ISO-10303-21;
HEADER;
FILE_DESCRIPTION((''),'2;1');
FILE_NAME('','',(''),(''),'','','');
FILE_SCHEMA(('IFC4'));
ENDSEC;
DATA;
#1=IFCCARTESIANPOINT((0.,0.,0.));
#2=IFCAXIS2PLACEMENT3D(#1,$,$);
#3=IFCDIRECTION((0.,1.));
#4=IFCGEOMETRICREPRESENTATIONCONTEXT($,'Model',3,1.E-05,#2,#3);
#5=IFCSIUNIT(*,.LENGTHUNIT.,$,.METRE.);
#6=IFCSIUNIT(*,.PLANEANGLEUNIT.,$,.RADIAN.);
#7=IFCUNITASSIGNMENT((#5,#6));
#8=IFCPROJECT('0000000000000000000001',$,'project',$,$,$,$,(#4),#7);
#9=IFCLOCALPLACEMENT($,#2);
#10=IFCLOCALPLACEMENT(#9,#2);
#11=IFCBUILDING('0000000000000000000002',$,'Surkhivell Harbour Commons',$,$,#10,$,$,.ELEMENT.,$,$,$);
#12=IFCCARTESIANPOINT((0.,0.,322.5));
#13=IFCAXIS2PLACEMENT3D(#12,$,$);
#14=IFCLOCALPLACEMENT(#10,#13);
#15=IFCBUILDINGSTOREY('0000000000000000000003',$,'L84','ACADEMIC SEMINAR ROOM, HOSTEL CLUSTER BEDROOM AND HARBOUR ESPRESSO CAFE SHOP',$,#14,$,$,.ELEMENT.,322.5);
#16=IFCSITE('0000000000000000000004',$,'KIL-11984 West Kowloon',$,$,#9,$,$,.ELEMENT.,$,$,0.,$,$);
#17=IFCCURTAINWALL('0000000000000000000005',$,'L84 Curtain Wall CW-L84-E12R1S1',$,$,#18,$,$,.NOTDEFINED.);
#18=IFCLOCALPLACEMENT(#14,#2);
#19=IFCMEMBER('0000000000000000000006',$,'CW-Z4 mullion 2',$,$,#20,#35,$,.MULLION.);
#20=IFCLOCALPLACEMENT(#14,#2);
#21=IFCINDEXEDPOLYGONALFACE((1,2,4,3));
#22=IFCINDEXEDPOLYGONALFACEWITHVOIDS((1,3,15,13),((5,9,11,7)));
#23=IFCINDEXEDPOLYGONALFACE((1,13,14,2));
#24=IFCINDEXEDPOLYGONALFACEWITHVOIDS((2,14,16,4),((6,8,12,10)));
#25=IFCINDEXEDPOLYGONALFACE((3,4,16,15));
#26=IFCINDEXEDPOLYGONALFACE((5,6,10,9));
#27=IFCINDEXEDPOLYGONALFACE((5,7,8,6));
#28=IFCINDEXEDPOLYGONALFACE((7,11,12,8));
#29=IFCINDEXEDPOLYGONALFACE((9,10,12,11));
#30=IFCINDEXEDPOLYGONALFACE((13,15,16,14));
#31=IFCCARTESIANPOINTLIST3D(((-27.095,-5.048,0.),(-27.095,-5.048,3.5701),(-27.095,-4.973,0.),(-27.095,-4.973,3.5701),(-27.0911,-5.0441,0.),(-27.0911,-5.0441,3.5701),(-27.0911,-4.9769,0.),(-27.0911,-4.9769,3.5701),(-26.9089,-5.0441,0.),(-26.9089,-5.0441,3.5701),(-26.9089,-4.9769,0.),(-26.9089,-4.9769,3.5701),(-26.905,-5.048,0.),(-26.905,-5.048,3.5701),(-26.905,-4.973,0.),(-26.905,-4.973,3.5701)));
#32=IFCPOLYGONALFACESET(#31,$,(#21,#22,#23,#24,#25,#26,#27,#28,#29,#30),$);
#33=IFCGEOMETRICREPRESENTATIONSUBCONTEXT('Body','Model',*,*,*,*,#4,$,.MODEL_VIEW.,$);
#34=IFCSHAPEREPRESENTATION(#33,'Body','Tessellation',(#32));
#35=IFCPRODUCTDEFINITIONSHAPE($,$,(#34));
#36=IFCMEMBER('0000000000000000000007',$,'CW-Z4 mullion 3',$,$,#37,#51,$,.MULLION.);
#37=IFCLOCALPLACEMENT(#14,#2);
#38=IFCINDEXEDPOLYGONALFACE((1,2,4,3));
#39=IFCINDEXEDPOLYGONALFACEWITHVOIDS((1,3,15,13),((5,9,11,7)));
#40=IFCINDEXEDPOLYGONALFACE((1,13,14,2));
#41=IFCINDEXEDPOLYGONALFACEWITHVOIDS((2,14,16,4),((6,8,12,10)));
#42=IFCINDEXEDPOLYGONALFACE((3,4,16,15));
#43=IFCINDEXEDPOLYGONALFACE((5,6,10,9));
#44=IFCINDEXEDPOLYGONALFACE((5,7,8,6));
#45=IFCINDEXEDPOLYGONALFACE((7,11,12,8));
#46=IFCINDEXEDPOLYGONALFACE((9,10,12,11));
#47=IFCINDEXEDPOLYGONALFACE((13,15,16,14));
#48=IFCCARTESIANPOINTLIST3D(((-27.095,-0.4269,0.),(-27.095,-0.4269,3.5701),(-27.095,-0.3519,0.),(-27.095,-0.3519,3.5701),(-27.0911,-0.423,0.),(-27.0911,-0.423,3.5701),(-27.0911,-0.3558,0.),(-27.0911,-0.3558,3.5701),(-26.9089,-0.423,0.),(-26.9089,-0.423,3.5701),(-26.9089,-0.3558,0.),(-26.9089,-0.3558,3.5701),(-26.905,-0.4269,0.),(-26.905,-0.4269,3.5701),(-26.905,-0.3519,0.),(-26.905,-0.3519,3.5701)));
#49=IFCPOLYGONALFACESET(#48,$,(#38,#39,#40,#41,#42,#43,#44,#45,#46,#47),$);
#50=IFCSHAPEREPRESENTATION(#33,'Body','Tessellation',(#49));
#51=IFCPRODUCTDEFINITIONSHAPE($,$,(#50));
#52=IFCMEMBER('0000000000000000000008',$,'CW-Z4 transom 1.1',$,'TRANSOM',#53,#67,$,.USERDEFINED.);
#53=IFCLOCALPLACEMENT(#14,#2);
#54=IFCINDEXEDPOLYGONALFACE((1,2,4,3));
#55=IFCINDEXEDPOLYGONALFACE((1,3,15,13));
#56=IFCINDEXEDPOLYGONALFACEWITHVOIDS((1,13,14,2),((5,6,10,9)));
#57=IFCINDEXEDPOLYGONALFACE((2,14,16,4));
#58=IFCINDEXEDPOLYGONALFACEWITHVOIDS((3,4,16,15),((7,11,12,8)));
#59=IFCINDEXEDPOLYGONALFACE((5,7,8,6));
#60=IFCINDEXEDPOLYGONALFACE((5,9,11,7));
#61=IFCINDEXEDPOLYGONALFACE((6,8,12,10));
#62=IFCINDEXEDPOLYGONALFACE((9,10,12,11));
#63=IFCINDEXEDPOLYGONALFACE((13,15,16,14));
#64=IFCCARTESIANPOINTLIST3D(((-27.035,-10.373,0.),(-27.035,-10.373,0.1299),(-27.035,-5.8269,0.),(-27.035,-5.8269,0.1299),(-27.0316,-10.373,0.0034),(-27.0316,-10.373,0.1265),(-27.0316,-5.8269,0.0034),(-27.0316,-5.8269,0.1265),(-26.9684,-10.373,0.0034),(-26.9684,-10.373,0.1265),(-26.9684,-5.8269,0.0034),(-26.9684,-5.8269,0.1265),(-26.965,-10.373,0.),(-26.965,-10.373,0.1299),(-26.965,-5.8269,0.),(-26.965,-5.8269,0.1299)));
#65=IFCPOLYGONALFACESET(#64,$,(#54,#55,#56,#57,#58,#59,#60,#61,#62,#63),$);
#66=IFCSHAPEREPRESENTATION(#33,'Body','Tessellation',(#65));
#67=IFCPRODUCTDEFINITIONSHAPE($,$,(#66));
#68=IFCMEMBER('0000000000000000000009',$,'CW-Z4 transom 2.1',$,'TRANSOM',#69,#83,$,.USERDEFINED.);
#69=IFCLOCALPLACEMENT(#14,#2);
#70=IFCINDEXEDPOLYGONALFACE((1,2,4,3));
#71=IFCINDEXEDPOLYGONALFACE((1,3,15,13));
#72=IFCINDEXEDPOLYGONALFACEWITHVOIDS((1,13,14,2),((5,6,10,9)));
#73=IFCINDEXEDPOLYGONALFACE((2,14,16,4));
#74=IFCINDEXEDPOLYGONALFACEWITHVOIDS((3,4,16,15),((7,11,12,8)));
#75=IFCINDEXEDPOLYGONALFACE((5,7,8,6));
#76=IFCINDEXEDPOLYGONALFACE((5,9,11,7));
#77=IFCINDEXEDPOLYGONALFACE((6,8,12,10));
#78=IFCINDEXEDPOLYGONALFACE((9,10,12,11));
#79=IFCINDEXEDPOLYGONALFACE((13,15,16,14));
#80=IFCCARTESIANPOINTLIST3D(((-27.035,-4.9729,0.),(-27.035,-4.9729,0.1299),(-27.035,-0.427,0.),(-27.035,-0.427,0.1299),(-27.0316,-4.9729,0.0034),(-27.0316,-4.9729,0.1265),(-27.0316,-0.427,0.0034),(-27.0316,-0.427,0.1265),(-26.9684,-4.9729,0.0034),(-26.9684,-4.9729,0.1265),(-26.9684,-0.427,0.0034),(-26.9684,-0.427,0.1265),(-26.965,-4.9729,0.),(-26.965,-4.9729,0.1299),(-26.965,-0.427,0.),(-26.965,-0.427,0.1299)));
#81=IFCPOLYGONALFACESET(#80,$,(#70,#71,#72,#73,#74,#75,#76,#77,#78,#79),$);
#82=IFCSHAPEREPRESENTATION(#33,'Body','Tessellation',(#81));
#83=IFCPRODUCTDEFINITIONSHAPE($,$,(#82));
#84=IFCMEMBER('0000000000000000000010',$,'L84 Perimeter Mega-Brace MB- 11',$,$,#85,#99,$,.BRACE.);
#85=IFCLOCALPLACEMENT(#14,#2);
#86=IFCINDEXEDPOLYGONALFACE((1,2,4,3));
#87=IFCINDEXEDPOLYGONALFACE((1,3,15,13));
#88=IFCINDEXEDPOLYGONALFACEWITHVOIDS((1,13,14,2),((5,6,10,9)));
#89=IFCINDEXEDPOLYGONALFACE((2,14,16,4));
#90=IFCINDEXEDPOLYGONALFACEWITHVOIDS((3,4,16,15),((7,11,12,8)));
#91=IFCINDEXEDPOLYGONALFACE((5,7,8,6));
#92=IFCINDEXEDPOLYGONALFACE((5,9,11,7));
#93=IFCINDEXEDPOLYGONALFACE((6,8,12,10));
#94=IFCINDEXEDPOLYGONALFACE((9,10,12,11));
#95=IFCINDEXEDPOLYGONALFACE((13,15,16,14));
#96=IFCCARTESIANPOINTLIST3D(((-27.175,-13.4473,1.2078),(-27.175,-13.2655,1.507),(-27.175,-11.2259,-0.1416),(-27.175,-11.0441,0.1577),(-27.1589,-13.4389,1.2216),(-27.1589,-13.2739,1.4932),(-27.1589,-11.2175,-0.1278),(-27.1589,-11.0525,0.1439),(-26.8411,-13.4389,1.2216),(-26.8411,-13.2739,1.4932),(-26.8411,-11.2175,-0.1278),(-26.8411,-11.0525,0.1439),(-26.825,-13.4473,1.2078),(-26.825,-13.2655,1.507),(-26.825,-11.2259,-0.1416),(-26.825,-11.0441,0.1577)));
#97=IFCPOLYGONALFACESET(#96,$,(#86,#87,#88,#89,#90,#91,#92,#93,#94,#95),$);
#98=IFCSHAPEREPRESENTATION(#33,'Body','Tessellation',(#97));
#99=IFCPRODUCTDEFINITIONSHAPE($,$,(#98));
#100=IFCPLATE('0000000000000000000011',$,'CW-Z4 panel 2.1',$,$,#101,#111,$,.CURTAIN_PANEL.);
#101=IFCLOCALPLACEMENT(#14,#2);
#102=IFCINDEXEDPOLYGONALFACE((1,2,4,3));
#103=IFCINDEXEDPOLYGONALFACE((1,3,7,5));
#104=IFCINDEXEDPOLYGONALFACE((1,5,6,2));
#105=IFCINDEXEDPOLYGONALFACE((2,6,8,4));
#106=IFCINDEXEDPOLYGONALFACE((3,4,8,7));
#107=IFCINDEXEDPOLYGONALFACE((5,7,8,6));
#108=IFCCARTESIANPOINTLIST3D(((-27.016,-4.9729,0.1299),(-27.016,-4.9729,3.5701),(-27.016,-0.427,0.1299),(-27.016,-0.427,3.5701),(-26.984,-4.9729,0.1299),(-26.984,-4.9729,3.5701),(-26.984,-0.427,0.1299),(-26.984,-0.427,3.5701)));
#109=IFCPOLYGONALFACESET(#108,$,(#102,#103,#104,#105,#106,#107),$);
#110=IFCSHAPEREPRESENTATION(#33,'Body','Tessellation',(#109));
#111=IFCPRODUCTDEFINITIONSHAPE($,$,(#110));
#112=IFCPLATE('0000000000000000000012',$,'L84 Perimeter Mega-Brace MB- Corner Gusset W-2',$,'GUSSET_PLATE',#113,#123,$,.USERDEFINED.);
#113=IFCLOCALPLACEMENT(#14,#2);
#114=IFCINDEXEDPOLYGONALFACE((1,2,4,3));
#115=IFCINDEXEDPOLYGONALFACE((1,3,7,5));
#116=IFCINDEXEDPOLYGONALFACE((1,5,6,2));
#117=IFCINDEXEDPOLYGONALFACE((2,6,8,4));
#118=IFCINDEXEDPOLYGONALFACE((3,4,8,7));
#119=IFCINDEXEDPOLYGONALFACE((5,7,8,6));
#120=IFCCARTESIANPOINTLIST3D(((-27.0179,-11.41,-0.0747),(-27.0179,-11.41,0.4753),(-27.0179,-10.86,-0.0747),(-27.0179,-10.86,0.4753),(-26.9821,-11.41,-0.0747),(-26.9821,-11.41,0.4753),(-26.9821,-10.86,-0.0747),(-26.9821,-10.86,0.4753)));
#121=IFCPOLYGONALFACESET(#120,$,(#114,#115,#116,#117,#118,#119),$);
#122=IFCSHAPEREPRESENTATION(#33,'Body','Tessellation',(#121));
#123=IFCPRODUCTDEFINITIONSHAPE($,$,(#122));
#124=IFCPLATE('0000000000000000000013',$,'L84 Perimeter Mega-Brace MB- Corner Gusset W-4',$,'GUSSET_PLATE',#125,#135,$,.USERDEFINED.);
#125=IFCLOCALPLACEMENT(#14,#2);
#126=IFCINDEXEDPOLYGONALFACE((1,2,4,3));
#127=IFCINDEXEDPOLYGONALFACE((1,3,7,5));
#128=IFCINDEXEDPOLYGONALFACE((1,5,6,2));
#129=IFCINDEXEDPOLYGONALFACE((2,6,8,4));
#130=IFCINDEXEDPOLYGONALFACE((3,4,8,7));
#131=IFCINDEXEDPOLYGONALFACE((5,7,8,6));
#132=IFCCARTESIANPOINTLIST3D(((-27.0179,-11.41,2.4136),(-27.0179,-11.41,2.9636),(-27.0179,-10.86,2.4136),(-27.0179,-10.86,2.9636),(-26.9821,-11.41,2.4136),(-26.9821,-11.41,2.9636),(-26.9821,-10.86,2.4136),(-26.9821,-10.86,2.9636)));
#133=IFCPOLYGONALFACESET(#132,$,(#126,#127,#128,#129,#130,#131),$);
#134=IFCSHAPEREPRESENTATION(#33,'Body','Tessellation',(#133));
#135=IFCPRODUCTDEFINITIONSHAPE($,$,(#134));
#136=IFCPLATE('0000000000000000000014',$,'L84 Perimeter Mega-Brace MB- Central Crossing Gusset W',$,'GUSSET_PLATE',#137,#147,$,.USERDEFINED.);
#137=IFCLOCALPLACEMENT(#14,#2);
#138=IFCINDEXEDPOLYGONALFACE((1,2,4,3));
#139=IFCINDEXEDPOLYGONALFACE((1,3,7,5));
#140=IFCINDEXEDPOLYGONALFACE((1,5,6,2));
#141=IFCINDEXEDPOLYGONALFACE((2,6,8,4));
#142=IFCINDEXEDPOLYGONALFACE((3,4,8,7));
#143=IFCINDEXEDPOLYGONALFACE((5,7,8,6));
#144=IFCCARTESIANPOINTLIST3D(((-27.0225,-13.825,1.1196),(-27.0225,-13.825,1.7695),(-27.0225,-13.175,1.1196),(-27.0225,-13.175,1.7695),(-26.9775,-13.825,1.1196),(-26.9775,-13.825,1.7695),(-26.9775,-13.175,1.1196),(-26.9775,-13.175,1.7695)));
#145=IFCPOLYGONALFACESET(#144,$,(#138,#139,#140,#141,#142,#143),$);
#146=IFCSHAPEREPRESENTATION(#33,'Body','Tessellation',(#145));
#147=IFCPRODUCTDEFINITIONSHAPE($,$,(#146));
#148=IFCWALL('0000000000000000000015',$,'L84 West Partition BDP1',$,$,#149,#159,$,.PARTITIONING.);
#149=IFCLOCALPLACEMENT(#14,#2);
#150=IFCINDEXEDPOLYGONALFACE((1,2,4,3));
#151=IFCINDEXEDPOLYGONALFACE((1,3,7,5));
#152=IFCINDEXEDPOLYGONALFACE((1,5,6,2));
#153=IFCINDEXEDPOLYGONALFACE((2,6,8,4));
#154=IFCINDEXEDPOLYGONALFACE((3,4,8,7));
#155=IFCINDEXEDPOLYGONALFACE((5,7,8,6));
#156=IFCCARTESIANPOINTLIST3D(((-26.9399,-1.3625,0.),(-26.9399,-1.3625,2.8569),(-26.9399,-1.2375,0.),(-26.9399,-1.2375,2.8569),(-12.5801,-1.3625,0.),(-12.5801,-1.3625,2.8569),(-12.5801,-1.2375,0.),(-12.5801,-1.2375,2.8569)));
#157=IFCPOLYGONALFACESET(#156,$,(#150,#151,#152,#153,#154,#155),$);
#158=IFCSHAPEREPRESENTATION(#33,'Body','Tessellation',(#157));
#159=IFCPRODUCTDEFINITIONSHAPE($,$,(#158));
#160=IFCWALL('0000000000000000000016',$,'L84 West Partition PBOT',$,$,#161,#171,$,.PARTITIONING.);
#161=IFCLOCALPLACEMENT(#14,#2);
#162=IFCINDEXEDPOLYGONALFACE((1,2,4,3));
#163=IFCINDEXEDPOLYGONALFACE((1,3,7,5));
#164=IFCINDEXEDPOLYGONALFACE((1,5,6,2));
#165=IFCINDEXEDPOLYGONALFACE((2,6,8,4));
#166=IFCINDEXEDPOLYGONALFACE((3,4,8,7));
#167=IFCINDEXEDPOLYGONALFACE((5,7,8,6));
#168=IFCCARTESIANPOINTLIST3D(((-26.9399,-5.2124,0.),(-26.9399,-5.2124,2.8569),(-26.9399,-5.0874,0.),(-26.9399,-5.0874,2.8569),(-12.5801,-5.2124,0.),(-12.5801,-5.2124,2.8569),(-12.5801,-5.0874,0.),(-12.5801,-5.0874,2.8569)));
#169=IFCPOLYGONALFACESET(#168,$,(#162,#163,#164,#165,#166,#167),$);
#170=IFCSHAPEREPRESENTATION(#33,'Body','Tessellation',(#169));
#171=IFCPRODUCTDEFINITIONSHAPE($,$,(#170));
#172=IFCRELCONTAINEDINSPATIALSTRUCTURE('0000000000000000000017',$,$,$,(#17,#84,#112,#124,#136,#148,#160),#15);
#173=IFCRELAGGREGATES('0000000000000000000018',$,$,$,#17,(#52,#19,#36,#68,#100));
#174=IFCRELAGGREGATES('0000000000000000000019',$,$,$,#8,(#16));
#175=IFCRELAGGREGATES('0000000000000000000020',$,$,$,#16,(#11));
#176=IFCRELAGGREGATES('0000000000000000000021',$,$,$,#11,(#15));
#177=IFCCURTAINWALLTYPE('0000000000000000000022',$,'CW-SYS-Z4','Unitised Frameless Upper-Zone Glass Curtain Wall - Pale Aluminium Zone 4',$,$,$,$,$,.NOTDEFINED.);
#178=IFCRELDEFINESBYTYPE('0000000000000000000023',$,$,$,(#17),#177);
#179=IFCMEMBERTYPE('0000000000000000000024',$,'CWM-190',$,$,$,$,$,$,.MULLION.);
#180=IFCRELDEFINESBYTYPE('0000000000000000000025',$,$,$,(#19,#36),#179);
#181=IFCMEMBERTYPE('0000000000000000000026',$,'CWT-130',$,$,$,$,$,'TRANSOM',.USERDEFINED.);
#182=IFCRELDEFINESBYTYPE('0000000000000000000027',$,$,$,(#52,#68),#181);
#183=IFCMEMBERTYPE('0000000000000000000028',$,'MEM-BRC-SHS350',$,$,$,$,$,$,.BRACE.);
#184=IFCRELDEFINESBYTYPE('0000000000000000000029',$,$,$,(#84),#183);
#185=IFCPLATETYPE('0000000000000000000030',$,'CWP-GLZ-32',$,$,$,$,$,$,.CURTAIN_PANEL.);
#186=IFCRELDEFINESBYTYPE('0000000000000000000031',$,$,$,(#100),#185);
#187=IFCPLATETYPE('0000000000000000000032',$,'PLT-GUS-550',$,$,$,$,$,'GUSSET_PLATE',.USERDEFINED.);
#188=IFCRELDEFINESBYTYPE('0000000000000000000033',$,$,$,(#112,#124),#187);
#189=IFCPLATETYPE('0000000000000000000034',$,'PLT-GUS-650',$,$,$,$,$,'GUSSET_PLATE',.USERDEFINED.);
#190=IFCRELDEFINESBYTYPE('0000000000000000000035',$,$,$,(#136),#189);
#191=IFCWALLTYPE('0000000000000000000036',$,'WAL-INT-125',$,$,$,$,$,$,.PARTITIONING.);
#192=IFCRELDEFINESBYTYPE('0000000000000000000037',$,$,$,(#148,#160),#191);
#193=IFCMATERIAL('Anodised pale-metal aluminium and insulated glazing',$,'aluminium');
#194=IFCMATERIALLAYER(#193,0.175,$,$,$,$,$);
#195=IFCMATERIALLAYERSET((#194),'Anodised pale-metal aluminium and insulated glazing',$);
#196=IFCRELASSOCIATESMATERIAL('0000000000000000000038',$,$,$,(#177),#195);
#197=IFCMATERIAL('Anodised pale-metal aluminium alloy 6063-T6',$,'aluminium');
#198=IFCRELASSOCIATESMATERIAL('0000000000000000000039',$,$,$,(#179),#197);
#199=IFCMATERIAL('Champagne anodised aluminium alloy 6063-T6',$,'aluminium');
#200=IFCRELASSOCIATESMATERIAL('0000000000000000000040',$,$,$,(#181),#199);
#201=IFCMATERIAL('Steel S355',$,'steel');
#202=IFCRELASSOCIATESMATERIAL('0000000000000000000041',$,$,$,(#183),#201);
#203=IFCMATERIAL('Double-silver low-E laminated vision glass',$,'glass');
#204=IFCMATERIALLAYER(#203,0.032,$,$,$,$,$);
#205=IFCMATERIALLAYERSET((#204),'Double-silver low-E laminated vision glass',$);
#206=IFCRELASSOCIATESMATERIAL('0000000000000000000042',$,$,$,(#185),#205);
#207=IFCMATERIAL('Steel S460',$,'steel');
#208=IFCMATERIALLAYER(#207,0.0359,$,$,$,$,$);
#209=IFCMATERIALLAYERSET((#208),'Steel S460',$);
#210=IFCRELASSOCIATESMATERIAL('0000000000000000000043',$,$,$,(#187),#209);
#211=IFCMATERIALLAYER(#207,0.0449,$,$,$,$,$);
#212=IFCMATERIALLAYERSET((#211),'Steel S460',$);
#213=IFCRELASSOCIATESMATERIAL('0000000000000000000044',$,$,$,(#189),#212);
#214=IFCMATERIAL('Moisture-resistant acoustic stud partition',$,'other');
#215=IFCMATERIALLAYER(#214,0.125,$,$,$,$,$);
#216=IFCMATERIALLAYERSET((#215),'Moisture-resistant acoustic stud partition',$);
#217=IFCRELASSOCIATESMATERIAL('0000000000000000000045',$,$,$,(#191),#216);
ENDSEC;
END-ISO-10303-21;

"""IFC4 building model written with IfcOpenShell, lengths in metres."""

from ifc_helpers import new_model, si_unit, direction, frame, frame_2d, origin, origin_2d, place, context, subcontext, project, spatial, rectangle, hollow_rectangle, extrude, material, layer, layer_set, material_profile, profile_set, type_object, element, aggregate, save


model = new_model("IFC4")

# Units and contexts
model_context = context("Model", 3, precision=1e-05, world=origin(), true_north=direction((0.0, 1.0)))
body_context = subcontext(model_context, "Body", "Model", "MODEL_VIEW")
ifc_project = project(units=[si_unit("LENGTHUNIT", "METRE"), si_unit("PLANEANGLEUNIT", "RADIAN")], contexts=[model_context])

# Site, building, storey
site_placement = place(None, origin())
site = spatial("IfcSite", under=ifc_project, at=site_placement, Name="KIL-11984 West Kowloon", CompositionType="ELEMENT", RefElevation=0.0)
building_placement = place(site_placement, origin())
building = spatial("IfcBuilding", under=site, at=building_placement, Name="Surkhivell Harbour Commons", CompositionType="ELEMENT")
storey_placement = place(building_placement, frame((0.0, 0.0, 322.5)))
storey = spatial("IfcBuildingStorey", under=building, at=storey_placement, Name="L84", Description="ACADEMIC SEMINAR ROOM, HOSTEL CLUSTER BEDROOM AND HARBOUR ESPRESSO CAFE SHOP", CompositionType="ELEMENT", Elevation=322.5)

# Shared definitions
ifc_material_1 = material(Name="Steel S355", Category="steel")

# Curtain wall, members
ifc_material_2 = material(Name="Anodised pale-metal aluminium and insulated glazing", Category="aluminium")
ifc_layer_1 = layer(ifc_material_2, 0.175)
ifc_layer_set_1 = layer_set([ifc_layer_1], Name="Anodised pale-metal aluminium and insulated glazing")
curtain_wall_type = type_object("IfcCurtainWallType", Name="CW-SYS-Z4", Description="Unitised Frameless Upper-Zone Glass Curtain Wall - Pale Aluminium Zone 4", PredefinedType="NOTDEFINED", material=ifc_layer_set_1)
curtain_wall_placement = place(storey_placement, origin())
curtain_wall = element("IfcCurtainWall", 1, at=curtain_wall_placement, inside=storey, type_object=curtain_wall_type, Name="L84 Curtain Wall CW-L84-E12R1S1", PredefinedType="NOTDEFINED")
ifc_material_3 = material(Name="Anodised pale-metal aluminium alloy 6063-T6", Category="aluminium")
ifc_material_profile_1 = material_profile(ifc_material_3, hollow_rectangle(XDim=0.075, YDim=0.1899, WallThickness=0.0039, at=origin_2d()), Name="ALU-MULL-75x190")
ifc_profile_set_1 = profile_set([ifc_material_profile_1], Name="Anodised pale-metal aluminium alloy 6063-T6")
member_type_1 = type_object("IfcMemberType", Name="CWM-190", PredefinedType="MULLION", material=ifc_profile_set_1)
member_1_placement = place(storey_placement, frame((-27.0, -5.0105, 0.0), z_axis=(0.0, 0.0, 1.0), x_axis=(0.0, 1.0, 0.0)))
member_1 = element("IfcMember", 2, at=member_1_placement, type_object=member_type_1, Name="CW-Z4 mullion 2", PredefinedType="MULLION", context=body_context, shape_type="SweptSolid", body=[
    extrude(hollow_rectangle(XDim=0.075, YDim=0.1899, WallThickness=0.0039, at=origin_2d()), origin(), (0.0, 0.0, 1.0), 3.5701),
])
member_2_placement = place(storey_placement, frame((-27.0, -0.3894, 0.0), z_axis=(0.0, 0.0, 1.0), x_axis=(0.0, 1.0, 0.0)))
member_2 = element("IfcMember", 3, at=member_2_placement, type_object=member_type_1, Name="CW-Z4 mullion 3", PredefinedType="MULLION", context=body_context, shape_type="SweptSolid", body=[
    extrude(hollow_rectangle(XDim=0.075, YDim=0.1899, WallThickness=0.0039, at=origin_2d()), origin(), (0.0, 0.0, 1.0), 3.5701),
])
ifc_material_4 = material(Name="Champagne anodised aluminium alloy 6063-T6", Category="aluminium")
ifc_material_profile_2 = material_profile(ifc_material_4, hollow_rectangle(XDim=0.0701, YDim=0.1299, WallThickness=0.0034, at=origin_2d()), Name="ALU-TRAN-70x130")
ifc_profile_set_2 = profile_set([ifc_material_profile_2], Name="Champagne anodised aluminium alloy 6063-T6")
member_type_2 = type_object("IfcMemberType", Name="CWT-130", ElementType="TRANSOM", PredefinedType="USERDEFINED", material=ifc_profile_set_2)
member_3_placement = place(storey_placement, frame((-27.0, -10.373, 0.0649), z_axis=(0.0, 1.0, 0.0), x_axis=(-1.0, 0.0, 0.0)))
member_3 = element("IfcMember", 4, at=member_3_placement, type_object=member_type_2, Name="CW-Z4 transom 1.1", ObjectType="TRANSOM", PredefinedType="USERDEFINED", context=body_context, shape_type="SweptSolid", body=[
    extrude(hollow_rectangle(XDim=0.0701, YDim=0.1299, WallThickness=0.0034, at=origin_2d()), origin(), (0.0, 0.0, 1.0), 4.5461),
])
member_4_placement = place(storey_placement, frame((-27.0, -4.9729, 0.0649), z_axis=(0.0, 1.0, 0.0), x_axis=(-1.0, 0.0, 0.0)))
member_4 = element("IfcMember", 5, at=member_4_placement, type_object=member_type_2, Name="CW-Z4 transom 2.1", ObjectType="TRANSOM", PredefinedType="USERDEFINED", context=body_context, shape_type="SweptSolid", body=[
    extrude(hollow_rectangle(XDim=0.0701, YDim=0.1299, WallThickness=0.0034, at=origin_2d()), origin(), (0.0, 0.0, 1.0), 4.5459),
])

# Member
ifc_material_profile_3 = material_profile(ifc_material_1, hollow_rectangle(XDim=0.3501, YDim=0.3501, WallThickness=0.0161, at=origin_2d()), Name="SHS350x350x16")
ifc_profile_set_3 = profile_set([ifc_material_profile_3], Name="Steel S355")
member_type_3 = type_object("IfcMemberType", Name="MEM-BRC-SHS350", PredefinedType="BRACE", material=ifc_profile_set_3)
member_5_placement = place(storey_placement, frame((-27.0, -11.135, 0.0081), z_axis=(0.0, -0.854679, 0.519157), x_axis=(1.0, 0.0, 0.0)))
element("IfcMember", 6, at=member_5_placement, inside=storey, type_object=member_type_3, Name="L84 Perimeter Mega-Brace MB- 11", PredefinedType="BRACE", context=body_context, shape_type="SweptSolid", body=[
    extrude(hollow_rectangle(XDim=0.3501, YDim=0.3501, WallThickness=0.0161, at=origin_2d()), origin(), (0.0, 0.0, 1.0), 2.5991),
])

# Plate
ifc_material_5 = material(Name="Double-silver low-E laminated vision glass", Category="glass")
ifc_layer_2 = layer(ifc_material_5, 0.032)
ifc_layer_set_2 = layer_set([ifc_layer_2], Name="Double-silver low-E laminated vision glass")
plate_type_1 = type_object("IfcPlateType", Name="CWP-GLZ-32", PredefinedType="CURTAIN_PANEL", material=ifc_layer_set_2)
plate_1_placement = place(storey_placement, frame((-27.0, -4.9729, 0.1299), z_axis=(0.0, 0.0, 1.0), x_axis=(0.0, 1.0, 0.0)))
plate_1 = element("IfcPlate", 7, at=plate_1_placement, type_object=plate_type_1, Name="CW-Z4 panel 2.1", PredefinedType="CURTAIN_PANEL", context=body_context, shape_type="SweptSolid", body=[
    extrude(rectangle(XDim=4.5459, YDim=0.032, at=frame_2d((2.2729, 0.0))), origin(), (0.0, 0.0, 1.0), 3.4402),
])
aggregate(curtain_wall, [member_3, member_1, member_2, member_4, plate_1])

# Plates
ifc_material_6 = material(Name="Steel S460", Category="steel")
ifc_layer_3 = layer(ifc_material_6, 0.0359)
ifc_layer_set_3 = layer_set([ifc_layer_3], Name="Steel S460")
plate_type_2 = type_object("IfcPlateType", Name="PLT-GUS-550", ElementType="GUSSET_PLATE", PredefinedType="USERDEFINED", material=ifc_layer_set_3)
for number, where, z_axis, x_axis, name in (
    (8, (-27.0, -11.135, -0.0747), (0.0, 0.0, 1.0), (0.0, 1.0, 0.0), "L84 Perimeter Mega-Brace MB- Corner Gusset W-2"),
    (9, (-27.0, -11.135, 2.4136), (0.0, 0.0, 1.0), (0.0, 1.0, 0.0), "L84 Perimeter Mega-Brace MB- Corner Gusset W-4"),
):
    element("IfcPlate", number, at=place(storey_placement, frame(where, z_axis=z_axis, x_axis=x_axis)), inside=storey, type_object=plate_type_2, Name=name, ObjectType="GUSSET_PLATE", PredefinedType="USERDEFINED", context=body_context, shape_type="SweptSolid", body=[
        extrude(rectangle(XDim=0.55, YDim=0.0359, at=origin_2d()), origin(), (0.0, 0.0, 1.0), 0.55),
    ])
ifc_layer_4 = layer(ifc_material_6, 0.0449)
ifc_layer_set_4 = layer_set([ifc_layer_4], Name="Steel S460")
plate_type_3 = type_object("IfcPlateType", Name="PLT-GUS-650", ElementType="GUSSET_PLATE", PredefinedType="USERDEFINED", material=ifc_layer_set_4)
plate_2_placement = place(storey_placement, frame((-27.0, -13.5, 1.1196), z_axis=(0.0, 0.0, 1.0), x_axis=(0.0, 1.0, 0.0)))
element("IfcPlate", 10, at=plate_2_placement, inside=storey, type_object=plate_type_3, Name="L84 Perimeter Mega-Brace MB- Central Crossing Gusset W", ObjectType="GUSSET_PLATE", PredefinedType="USERDEFINED", context=body_context, shape_type="SweptSolid", body=[
    extrude(rectangle(XDim=0.6499, YDim=0.0449, at=origin_2d()), origin(), (0.0, 0.0, 1.0), 0.6499),
])

# Walls
ifc_material_7 = material(Name="Moisture-resistant acoustic stud partition", Category="other")
ifc_layer_5 = layer(ifc_material_7, 0.125)
ifc_layer_set_5 = layer_set([ifc_layer_5], Name="Moisture-resistant acoustic stud partition")
wall_type = type_object("IfcWallType", Name="WAL-INT-125", PredefinedType="PARTITIONING", material=ifc_layer_set_5)
for number, where, z_axis, x_axis, name in (
    (11, (-26.9399, -1.3, 0.0), (0.0, 0.0, 1.0), (1.0, 0.0, 0.0), "L84 West Partition BDP1"),
    (12, (-26.9399, -5.1499, 0.0), (0.0, 0.0, 1.0), (1.0, 0.0, 0.0), "L84 West Partition PBOT"),
):
    element("IfcWall", number, at=place(storey_placement, frame(where, z_axis=z_axis, x_axis=x_axis)), inside=storey, type_object=wall_type, Name=name, PredefinedType="PARTITIONING", context=body_context, shape_type="SweptSolid", body=[
        extrude(rectangle(XDim=14.3599, YDim=0.125, at=frame_2d((7.1799, 0.0))), origin(), (0.0, 0.0, 1.0), 2.8569),
    ])

save(model, "model.ifc")
